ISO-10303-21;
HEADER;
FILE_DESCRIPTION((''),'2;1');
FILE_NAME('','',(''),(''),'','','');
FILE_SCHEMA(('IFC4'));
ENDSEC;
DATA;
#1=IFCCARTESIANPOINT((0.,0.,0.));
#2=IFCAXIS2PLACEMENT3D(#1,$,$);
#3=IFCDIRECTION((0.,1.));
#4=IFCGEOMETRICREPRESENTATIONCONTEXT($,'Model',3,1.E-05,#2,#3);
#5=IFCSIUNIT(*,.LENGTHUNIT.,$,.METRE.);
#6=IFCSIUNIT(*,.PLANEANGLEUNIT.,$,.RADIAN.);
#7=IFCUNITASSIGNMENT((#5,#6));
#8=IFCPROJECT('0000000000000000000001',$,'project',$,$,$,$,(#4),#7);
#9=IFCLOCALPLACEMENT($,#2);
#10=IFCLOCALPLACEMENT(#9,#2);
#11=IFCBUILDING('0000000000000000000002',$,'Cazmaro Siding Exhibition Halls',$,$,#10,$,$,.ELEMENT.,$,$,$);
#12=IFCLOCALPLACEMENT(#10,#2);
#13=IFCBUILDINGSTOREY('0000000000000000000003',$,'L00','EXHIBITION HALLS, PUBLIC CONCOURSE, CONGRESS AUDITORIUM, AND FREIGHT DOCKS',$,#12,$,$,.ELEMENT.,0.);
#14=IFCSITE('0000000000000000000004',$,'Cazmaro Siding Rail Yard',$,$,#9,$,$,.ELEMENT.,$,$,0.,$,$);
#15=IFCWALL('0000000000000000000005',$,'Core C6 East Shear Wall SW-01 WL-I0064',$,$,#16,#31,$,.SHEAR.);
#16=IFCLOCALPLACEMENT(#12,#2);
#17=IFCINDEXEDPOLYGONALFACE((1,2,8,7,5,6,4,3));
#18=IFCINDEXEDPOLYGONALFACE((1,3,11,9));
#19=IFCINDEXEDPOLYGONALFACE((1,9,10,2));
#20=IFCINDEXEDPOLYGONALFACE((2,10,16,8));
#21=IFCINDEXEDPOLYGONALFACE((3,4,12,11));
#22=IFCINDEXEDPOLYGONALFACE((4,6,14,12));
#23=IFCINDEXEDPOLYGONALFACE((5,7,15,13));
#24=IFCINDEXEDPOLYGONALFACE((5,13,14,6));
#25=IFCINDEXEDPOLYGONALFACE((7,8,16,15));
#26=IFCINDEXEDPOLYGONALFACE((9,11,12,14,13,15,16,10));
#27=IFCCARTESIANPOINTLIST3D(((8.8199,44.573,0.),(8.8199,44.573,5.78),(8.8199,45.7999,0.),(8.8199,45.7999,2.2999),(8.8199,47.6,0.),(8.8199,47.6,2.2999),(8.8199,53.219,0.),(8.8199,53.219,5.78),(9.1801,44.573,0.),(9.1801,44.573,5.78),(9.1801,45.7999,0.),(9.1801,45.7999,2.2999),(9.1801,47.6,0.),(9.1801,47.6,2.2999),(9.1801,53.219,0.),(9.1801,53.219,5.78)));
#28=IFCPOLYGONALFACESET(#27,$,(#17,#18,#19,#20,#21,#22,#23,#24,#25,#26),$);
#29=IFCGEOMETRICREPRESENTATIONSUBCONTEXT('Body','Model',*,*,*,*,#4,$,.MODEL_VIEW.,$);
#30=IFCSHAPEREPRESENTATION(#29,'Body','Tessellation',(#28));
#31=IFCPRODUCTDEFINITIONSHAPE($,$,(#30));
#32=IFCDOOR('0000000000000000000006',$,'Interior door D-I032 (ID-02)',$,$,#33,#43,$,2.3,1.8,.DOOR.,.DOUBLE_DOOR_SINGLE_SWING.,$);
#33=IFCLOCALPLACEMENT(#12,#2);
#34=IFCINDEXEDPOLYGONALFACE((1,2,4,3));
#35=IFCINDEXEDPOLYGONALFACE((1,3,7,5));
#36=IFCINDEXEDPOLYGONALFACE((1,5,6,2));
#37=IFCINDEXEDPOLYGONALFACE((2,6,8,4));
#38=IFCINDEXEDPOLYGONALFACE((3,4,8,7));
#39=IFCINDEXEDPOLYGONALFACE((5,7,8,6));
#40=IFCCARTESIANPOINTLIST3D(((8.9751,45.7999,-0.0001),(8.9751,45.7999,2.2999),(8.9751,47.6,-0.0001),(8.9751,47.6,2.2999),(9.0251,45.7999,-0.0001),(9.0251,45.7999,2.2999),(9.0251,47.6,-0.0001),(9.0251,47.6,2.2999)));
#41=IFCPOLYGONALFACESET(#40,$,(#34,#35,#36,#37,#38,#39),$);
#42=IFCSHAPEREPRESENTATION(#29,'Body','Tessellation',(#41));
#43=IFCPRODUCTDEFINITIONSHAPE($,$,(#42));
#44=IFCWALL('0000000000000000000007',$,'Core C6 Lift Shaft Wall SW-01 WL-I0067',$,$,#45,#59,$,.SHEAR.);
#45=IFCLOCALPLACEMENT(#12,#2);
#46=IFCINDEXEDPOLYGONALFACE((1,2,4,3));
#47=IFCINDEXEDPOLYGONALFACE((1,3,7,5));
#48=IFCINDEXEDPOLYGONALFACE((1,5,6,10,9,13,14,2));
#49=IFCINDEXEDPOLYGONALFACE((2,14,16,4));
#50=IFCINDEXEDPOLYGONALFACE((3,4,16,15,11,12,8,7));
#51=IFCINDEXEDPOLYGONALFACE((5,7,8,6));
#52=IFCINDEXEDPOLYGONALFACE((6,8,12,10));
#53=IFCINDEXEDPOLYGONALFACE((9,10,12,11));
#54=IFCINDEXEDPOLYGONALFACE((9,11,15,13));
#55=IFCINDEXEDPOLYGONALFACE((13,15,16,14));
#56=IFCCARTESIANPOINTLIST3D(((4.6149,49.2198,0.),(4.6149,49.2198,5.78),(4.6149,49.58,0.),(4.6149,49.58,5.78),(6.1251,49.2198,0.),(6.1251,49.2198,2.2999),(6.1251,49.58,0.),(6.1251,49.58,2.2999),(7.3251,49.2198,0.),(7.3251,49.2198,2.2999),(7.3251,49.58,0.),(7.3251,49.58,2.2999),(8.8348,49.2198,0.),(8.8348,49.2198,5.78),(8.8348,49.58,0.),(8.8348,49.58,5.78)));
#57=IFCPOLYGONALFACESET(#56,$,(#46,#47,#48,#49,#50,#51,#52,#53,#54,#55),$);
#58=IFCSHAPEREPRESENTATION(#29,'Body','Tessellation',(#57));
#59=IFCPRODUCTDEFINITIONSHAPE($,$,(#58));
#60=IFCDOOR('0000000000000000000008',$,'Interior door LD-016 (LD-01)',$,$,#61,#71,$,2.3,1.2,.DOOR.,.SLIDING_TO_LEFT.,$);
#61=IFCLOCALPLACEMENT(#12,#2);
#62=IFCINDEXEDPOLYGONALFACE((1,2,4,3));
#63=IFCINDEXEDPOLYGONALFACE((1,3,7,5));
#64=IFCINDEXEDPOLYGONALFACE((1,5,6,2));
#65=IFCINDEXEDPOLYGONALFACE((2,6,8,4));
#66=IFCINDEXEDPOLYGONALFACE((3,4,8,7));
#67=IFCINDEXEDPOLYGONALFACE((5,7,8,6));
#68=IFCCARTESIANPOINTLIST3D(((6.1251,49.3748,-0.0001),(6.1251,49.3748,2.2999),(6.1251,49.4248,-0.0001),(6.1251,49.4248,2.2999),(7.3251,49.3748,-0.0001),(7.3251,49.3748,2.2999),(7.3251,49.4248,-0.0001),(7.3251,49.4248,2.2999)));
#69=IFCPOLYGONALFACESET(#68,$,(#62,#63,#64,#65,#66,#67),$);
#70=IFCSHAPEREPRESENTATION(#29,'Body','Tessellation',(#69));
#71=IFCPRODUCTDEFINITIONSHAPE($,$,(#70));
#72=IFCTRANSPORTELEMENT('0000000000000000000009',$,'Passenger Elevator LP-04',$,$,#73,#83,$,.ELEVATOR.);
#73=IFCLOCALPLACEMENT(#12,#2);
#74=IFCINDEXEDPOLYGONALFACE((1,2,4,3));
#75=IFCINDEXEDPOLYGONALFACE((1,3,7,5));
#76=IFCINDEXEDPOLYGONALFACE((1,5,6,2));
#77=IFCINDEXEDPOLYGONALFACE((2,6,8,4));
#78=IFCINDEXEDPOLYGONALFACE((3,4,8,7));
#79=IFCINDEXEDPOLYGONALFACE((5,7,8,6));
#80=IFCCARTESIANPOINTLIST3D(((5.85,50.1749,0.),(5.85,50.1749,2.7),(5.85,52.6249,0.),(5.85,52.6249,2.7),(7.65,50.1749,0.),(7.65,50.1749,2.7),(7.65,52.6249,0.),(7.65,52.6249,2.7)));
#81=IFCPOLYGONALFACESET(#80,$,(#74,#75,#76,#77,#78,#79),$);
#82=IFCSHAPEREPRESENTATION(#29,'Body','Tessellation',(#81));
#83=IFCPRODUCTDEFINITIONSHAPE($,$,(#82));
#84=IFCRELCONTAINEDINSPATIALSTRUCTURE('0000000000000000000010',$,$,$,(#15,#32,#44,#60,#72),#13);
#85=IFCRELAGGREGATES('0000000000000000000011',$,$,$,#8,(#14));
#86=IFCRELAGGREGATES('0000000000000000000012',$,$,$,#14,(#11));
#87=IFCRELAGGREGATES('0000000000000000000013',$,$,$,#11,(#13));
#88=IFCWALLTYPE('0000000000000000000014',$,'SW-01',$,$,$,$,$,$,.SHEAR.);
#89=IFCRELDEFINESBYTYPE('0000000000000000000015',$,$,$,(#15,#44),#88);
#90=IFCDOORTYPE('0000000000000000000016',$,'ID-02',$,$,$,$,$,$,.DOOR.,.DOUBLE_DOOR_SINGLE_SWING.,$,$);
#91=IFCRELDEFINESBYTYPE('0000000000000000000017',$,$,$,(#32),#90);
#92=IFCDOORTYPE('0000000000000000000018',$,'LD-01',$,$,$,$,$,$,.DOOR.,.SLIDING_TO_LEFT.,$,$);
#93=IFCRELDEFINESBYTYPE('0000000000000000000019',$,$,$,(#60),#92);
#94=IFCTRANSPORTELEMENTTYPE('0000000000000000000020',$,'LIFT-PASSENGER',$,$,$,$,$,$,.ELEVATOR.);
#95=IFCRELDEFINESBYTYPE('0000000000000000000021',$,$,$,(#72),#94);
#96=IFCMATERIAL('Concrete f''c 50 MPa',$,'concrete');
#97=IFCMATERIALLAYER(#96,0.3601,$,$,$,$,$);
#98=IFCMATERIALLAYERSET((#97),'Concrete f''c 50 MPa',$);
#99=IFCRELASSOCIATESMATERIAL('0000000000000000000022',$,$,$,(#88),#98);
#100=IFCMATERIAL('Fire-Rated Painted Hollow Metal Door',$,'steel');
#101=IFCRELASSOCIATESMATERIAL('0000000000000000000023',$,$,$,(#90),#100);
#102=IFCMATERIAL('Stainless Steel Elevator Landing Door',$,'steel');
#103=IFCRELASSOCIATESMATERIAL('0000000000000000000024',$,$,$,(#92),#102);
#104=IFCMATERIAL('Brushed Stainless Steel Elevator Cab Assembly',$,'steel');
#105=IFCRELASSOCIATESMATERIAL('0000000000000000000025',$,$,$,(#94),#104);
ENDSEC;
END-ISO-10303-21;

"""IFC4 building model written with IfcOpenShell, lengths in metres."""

from ifc_helpers import new_model, si_unit, direction, frame, frame_2d, origin, origin_2d, place, context, subcontext, project, spatial, rectangle, extrude, material, layer, layer_set, type_object, element, fill, save


model = new_model("IFC4")

# Units and contexts
model_context = context("Model", 3, precision=1e-05, world=origin(), true_north=direction((0.0, 1.0)))
body_context = subcontext(model_context, "Body", "Model", "MODEL_VIEW")
ifc_project = project(units=[si_unit("LENGTHUNIT", "METRE"), si_unit("PLANEANGLEUNIT", "RADIAN")], contexts=[model_context])

# Site, building, storey
site_placement = place(None, origin())
site = spatial("IfcSite", under=ifc_project, at=site_placement, Name="Cazmaro Siding Rail Yard", CompositionType="ELEMENT", RefElevation=0.0)
building_placement = place(site_placement, origin())
building = spatial("IfcBuilding", under=site, at=building_placement, Name="Cazmaro Siding Exhibition Halls", CompositionType="ELEMENT")
storey_placement = place(building_placement, origin())
storey = spatial("IfcBuildingStorey", under=building, at=storey_placement, Name="L00", Description="EXHIBITION HALLS, PUBLIC CONCOURSE, CONGRESS AUDITORIUM, AND FREIGHT DOCKS", CompositionType="ELEMENT", Elevation=0.0)

# Walls, openings, doors
ifc_material_1 = material(Name="Concrete f'c 50 MPa", Category="concrete")
ifc_layer_1 = layer(ifc_material_1, 0.3601)
ifc_layer_set_1 = layer_set([ifc_layer_1], Name="Concrete f'c 50 MPa")
wall_type_1 = type_object("IfcWallType", Name="SW-01", PredefinedType="SHEAR", material=ifc_layer_set_1)
wall_1_placement = place(storey_placement, frame((9.0, 44.573, 0.0), z_axis=(0.0, 0.0, 1.0), x_axis=(0.0, 1.0, 0.0)))
wall_1 = element("IfcWall", 1, at=wall_1_placement, inside=storey, type_object=wall_type_1, Name="Core C6 East Shear Wall SW-01 WL-I0064", PredefinedType="SHEAR", context=body_context, shape_type="SweptSolid", body=[
    extrude(rectangle(XDim=8.646, YDim=0.3601, at=frame_2d((4.323, 0.0))), origin(), (0.0, 0.0, 1.0), 5.78),
])
opening_1_placement = place(wall_1_placement, frame((1.2271, 0.0, 0.0)))
opening_1 = element("IfcOpeningElement", 2, at=opening_1_placement, cuts=wall_1, PredefinedType="OPENING", context=body_context, shape_type="SweptSolid", body=[
    extrude(rectangle(XDim=1.8, YDim=2.3, at=frame_2d((0.8999, 1.1499))), frame((0.0, 0.1899, 0.0), z_axis=(0.0, -1.0, 0.0), x_axis=(1.0, 0.0, 0.0)), (0.0, 0.0, 1.0), 0.3801),
])
ifc_material_2 = material(Name="Fire-Rated Painted Hollow Metal Door", Category="steel")
door_type_1 = type_object("IfcDoorType", Name="ID-02", OperationType="DOUBLE_DOOR_SINGLE_SWING", PredefinedType="DOOR", material=ifc_material_2)
door_1_placement = place(opening_1_placement, origin())
door_1 = element("IfcDoor", 3, at=door_1_placement, inside=storey, type_object=door_type_1, Name="Interior door D-I032 (ID-02)", OperationType="DOUBLE_DOOR_SINGLE_SWING", OverallHeight=2.3, OverallWidth=1.8, PredefinedType="DOOR", context=body_context, shape_type="SweptSolid", body=[
    extrude(rectangle(XDim=1.8, YDim=2.3, at=frame_2d((0.8999, 1.1499))), frame((0.0, 0.0249, 0.0), z_axis=(0.0, -1.0, 0.0), x_axis=(1.0, 0.0, 0.0)), (0.0, 0.0, 1.0), 0.05),
])
fill(opening_1, door_1)
wall_2_placement = place(storey_placement, frame((4.615, 49.3999, 0.0), z_axis=(0.0, 0.0, 1.0), x_axis=(1.0, 0.0, 0.0)))
wall_2 = element("IfcWall", 4, at=wall_2_placement, inside=storey, type_object=wall_type_1, Name="Core C6 Lift Shaft Wall SW-01 WL-I0067", PredefinedType="SHEAR", context=body_context, shape_type="SweptSolid", body=[
    extrude(rectangle(XDim=4.22, YDim=0.3601, at=frame_2d((2.1099, 0.0))), origin(), (0.0, 0.0, 1.0), 5.78),
])
opening_2_placement = place(wall_2_placement, frame((1.51, 0.0, 0.0)))
opening_2 = element("IfcOpeningElement", 5, at=opening_2_placement, cuts=wall_2, PredefinedType="OPENING", context=body_context, shape_type="SweptSolid", body=[
    extrude(rectangle(XDim=1.2, YDim=2.3, at=frame_2d((0.6001, 1.1499))), frame((0.0, 0.1899, 0.0), z_axis=(0.0, -1.0, 0.0), x_axis=(1.0, 0.0, 0.0)), (0.0, 0.0, 1.0), 0.3801),
])
ifc_material_3 = material(Name="Stainless Steel Elevator Landing Door", Category="steel")
door_type_2 = type_object("IfcDoorType", Name="LD-01", OperationType="SLIDING_TO_LEFT", PredefinedType="DOOR", material=ifc_material_3)
door_2_placement = place(opening_2_placement, origin())
door_2 = element("IfcDoor", 6, at=door_2_placement, inside=storey, type_object=door_type_2, Name="Interior door LD-016 (LD-01)", OperationType="SLIDING_TO_LEFT", OverallHeight=2.3, OverallWidth=1.2, PredefinedType="DOOR", context=body_context, shape_type="SweptSolid", body=[
    extrude(rectangle(XDim=1.2, YDim=2.3, at=frame_2d((0.6001, 1.1499))), frame((0.0, 0.0249, 0.0), z_axis=(0.0, -1.0, 0.0), x_axis=(1.0, 0.0, 0.0)), (0.0, 0.0, 1.0), 0.05),
])
fill(opening_2, door_2)

# Transport element
ifc_material_4 = material(Name="Brushed Stainless Steel Elevator Cab Assembly", Category="steel")
transport_element_type = type_object("IfcTransportElementType", Name="LIFT-PASSENGER", PredefinedType="ELEVATOR", material=ifc_material_4)
transport_element_placement = place(storey_placement, frame((6.75, 51.3999, 0.0), z_axis=(0.0, 0.0, 1.0), x_axis=(1.0, 0.0, 0.0)))
element("IfcTransportElement", 7, at=transport_element_placement, inside=storey, type_object=transport_element_type, Name="Passenger Elevator LP-04", PredefinedType="ELEVATOR", context=body_context, shape_type="SweptSolid", body=[
    extrude(rectangle(XDim=1.8, YDim=2.45, at=origin_2d()), origin(), (0.0, 0.0, 1.0), 2.7),
])

save(model, "model.ifc")
